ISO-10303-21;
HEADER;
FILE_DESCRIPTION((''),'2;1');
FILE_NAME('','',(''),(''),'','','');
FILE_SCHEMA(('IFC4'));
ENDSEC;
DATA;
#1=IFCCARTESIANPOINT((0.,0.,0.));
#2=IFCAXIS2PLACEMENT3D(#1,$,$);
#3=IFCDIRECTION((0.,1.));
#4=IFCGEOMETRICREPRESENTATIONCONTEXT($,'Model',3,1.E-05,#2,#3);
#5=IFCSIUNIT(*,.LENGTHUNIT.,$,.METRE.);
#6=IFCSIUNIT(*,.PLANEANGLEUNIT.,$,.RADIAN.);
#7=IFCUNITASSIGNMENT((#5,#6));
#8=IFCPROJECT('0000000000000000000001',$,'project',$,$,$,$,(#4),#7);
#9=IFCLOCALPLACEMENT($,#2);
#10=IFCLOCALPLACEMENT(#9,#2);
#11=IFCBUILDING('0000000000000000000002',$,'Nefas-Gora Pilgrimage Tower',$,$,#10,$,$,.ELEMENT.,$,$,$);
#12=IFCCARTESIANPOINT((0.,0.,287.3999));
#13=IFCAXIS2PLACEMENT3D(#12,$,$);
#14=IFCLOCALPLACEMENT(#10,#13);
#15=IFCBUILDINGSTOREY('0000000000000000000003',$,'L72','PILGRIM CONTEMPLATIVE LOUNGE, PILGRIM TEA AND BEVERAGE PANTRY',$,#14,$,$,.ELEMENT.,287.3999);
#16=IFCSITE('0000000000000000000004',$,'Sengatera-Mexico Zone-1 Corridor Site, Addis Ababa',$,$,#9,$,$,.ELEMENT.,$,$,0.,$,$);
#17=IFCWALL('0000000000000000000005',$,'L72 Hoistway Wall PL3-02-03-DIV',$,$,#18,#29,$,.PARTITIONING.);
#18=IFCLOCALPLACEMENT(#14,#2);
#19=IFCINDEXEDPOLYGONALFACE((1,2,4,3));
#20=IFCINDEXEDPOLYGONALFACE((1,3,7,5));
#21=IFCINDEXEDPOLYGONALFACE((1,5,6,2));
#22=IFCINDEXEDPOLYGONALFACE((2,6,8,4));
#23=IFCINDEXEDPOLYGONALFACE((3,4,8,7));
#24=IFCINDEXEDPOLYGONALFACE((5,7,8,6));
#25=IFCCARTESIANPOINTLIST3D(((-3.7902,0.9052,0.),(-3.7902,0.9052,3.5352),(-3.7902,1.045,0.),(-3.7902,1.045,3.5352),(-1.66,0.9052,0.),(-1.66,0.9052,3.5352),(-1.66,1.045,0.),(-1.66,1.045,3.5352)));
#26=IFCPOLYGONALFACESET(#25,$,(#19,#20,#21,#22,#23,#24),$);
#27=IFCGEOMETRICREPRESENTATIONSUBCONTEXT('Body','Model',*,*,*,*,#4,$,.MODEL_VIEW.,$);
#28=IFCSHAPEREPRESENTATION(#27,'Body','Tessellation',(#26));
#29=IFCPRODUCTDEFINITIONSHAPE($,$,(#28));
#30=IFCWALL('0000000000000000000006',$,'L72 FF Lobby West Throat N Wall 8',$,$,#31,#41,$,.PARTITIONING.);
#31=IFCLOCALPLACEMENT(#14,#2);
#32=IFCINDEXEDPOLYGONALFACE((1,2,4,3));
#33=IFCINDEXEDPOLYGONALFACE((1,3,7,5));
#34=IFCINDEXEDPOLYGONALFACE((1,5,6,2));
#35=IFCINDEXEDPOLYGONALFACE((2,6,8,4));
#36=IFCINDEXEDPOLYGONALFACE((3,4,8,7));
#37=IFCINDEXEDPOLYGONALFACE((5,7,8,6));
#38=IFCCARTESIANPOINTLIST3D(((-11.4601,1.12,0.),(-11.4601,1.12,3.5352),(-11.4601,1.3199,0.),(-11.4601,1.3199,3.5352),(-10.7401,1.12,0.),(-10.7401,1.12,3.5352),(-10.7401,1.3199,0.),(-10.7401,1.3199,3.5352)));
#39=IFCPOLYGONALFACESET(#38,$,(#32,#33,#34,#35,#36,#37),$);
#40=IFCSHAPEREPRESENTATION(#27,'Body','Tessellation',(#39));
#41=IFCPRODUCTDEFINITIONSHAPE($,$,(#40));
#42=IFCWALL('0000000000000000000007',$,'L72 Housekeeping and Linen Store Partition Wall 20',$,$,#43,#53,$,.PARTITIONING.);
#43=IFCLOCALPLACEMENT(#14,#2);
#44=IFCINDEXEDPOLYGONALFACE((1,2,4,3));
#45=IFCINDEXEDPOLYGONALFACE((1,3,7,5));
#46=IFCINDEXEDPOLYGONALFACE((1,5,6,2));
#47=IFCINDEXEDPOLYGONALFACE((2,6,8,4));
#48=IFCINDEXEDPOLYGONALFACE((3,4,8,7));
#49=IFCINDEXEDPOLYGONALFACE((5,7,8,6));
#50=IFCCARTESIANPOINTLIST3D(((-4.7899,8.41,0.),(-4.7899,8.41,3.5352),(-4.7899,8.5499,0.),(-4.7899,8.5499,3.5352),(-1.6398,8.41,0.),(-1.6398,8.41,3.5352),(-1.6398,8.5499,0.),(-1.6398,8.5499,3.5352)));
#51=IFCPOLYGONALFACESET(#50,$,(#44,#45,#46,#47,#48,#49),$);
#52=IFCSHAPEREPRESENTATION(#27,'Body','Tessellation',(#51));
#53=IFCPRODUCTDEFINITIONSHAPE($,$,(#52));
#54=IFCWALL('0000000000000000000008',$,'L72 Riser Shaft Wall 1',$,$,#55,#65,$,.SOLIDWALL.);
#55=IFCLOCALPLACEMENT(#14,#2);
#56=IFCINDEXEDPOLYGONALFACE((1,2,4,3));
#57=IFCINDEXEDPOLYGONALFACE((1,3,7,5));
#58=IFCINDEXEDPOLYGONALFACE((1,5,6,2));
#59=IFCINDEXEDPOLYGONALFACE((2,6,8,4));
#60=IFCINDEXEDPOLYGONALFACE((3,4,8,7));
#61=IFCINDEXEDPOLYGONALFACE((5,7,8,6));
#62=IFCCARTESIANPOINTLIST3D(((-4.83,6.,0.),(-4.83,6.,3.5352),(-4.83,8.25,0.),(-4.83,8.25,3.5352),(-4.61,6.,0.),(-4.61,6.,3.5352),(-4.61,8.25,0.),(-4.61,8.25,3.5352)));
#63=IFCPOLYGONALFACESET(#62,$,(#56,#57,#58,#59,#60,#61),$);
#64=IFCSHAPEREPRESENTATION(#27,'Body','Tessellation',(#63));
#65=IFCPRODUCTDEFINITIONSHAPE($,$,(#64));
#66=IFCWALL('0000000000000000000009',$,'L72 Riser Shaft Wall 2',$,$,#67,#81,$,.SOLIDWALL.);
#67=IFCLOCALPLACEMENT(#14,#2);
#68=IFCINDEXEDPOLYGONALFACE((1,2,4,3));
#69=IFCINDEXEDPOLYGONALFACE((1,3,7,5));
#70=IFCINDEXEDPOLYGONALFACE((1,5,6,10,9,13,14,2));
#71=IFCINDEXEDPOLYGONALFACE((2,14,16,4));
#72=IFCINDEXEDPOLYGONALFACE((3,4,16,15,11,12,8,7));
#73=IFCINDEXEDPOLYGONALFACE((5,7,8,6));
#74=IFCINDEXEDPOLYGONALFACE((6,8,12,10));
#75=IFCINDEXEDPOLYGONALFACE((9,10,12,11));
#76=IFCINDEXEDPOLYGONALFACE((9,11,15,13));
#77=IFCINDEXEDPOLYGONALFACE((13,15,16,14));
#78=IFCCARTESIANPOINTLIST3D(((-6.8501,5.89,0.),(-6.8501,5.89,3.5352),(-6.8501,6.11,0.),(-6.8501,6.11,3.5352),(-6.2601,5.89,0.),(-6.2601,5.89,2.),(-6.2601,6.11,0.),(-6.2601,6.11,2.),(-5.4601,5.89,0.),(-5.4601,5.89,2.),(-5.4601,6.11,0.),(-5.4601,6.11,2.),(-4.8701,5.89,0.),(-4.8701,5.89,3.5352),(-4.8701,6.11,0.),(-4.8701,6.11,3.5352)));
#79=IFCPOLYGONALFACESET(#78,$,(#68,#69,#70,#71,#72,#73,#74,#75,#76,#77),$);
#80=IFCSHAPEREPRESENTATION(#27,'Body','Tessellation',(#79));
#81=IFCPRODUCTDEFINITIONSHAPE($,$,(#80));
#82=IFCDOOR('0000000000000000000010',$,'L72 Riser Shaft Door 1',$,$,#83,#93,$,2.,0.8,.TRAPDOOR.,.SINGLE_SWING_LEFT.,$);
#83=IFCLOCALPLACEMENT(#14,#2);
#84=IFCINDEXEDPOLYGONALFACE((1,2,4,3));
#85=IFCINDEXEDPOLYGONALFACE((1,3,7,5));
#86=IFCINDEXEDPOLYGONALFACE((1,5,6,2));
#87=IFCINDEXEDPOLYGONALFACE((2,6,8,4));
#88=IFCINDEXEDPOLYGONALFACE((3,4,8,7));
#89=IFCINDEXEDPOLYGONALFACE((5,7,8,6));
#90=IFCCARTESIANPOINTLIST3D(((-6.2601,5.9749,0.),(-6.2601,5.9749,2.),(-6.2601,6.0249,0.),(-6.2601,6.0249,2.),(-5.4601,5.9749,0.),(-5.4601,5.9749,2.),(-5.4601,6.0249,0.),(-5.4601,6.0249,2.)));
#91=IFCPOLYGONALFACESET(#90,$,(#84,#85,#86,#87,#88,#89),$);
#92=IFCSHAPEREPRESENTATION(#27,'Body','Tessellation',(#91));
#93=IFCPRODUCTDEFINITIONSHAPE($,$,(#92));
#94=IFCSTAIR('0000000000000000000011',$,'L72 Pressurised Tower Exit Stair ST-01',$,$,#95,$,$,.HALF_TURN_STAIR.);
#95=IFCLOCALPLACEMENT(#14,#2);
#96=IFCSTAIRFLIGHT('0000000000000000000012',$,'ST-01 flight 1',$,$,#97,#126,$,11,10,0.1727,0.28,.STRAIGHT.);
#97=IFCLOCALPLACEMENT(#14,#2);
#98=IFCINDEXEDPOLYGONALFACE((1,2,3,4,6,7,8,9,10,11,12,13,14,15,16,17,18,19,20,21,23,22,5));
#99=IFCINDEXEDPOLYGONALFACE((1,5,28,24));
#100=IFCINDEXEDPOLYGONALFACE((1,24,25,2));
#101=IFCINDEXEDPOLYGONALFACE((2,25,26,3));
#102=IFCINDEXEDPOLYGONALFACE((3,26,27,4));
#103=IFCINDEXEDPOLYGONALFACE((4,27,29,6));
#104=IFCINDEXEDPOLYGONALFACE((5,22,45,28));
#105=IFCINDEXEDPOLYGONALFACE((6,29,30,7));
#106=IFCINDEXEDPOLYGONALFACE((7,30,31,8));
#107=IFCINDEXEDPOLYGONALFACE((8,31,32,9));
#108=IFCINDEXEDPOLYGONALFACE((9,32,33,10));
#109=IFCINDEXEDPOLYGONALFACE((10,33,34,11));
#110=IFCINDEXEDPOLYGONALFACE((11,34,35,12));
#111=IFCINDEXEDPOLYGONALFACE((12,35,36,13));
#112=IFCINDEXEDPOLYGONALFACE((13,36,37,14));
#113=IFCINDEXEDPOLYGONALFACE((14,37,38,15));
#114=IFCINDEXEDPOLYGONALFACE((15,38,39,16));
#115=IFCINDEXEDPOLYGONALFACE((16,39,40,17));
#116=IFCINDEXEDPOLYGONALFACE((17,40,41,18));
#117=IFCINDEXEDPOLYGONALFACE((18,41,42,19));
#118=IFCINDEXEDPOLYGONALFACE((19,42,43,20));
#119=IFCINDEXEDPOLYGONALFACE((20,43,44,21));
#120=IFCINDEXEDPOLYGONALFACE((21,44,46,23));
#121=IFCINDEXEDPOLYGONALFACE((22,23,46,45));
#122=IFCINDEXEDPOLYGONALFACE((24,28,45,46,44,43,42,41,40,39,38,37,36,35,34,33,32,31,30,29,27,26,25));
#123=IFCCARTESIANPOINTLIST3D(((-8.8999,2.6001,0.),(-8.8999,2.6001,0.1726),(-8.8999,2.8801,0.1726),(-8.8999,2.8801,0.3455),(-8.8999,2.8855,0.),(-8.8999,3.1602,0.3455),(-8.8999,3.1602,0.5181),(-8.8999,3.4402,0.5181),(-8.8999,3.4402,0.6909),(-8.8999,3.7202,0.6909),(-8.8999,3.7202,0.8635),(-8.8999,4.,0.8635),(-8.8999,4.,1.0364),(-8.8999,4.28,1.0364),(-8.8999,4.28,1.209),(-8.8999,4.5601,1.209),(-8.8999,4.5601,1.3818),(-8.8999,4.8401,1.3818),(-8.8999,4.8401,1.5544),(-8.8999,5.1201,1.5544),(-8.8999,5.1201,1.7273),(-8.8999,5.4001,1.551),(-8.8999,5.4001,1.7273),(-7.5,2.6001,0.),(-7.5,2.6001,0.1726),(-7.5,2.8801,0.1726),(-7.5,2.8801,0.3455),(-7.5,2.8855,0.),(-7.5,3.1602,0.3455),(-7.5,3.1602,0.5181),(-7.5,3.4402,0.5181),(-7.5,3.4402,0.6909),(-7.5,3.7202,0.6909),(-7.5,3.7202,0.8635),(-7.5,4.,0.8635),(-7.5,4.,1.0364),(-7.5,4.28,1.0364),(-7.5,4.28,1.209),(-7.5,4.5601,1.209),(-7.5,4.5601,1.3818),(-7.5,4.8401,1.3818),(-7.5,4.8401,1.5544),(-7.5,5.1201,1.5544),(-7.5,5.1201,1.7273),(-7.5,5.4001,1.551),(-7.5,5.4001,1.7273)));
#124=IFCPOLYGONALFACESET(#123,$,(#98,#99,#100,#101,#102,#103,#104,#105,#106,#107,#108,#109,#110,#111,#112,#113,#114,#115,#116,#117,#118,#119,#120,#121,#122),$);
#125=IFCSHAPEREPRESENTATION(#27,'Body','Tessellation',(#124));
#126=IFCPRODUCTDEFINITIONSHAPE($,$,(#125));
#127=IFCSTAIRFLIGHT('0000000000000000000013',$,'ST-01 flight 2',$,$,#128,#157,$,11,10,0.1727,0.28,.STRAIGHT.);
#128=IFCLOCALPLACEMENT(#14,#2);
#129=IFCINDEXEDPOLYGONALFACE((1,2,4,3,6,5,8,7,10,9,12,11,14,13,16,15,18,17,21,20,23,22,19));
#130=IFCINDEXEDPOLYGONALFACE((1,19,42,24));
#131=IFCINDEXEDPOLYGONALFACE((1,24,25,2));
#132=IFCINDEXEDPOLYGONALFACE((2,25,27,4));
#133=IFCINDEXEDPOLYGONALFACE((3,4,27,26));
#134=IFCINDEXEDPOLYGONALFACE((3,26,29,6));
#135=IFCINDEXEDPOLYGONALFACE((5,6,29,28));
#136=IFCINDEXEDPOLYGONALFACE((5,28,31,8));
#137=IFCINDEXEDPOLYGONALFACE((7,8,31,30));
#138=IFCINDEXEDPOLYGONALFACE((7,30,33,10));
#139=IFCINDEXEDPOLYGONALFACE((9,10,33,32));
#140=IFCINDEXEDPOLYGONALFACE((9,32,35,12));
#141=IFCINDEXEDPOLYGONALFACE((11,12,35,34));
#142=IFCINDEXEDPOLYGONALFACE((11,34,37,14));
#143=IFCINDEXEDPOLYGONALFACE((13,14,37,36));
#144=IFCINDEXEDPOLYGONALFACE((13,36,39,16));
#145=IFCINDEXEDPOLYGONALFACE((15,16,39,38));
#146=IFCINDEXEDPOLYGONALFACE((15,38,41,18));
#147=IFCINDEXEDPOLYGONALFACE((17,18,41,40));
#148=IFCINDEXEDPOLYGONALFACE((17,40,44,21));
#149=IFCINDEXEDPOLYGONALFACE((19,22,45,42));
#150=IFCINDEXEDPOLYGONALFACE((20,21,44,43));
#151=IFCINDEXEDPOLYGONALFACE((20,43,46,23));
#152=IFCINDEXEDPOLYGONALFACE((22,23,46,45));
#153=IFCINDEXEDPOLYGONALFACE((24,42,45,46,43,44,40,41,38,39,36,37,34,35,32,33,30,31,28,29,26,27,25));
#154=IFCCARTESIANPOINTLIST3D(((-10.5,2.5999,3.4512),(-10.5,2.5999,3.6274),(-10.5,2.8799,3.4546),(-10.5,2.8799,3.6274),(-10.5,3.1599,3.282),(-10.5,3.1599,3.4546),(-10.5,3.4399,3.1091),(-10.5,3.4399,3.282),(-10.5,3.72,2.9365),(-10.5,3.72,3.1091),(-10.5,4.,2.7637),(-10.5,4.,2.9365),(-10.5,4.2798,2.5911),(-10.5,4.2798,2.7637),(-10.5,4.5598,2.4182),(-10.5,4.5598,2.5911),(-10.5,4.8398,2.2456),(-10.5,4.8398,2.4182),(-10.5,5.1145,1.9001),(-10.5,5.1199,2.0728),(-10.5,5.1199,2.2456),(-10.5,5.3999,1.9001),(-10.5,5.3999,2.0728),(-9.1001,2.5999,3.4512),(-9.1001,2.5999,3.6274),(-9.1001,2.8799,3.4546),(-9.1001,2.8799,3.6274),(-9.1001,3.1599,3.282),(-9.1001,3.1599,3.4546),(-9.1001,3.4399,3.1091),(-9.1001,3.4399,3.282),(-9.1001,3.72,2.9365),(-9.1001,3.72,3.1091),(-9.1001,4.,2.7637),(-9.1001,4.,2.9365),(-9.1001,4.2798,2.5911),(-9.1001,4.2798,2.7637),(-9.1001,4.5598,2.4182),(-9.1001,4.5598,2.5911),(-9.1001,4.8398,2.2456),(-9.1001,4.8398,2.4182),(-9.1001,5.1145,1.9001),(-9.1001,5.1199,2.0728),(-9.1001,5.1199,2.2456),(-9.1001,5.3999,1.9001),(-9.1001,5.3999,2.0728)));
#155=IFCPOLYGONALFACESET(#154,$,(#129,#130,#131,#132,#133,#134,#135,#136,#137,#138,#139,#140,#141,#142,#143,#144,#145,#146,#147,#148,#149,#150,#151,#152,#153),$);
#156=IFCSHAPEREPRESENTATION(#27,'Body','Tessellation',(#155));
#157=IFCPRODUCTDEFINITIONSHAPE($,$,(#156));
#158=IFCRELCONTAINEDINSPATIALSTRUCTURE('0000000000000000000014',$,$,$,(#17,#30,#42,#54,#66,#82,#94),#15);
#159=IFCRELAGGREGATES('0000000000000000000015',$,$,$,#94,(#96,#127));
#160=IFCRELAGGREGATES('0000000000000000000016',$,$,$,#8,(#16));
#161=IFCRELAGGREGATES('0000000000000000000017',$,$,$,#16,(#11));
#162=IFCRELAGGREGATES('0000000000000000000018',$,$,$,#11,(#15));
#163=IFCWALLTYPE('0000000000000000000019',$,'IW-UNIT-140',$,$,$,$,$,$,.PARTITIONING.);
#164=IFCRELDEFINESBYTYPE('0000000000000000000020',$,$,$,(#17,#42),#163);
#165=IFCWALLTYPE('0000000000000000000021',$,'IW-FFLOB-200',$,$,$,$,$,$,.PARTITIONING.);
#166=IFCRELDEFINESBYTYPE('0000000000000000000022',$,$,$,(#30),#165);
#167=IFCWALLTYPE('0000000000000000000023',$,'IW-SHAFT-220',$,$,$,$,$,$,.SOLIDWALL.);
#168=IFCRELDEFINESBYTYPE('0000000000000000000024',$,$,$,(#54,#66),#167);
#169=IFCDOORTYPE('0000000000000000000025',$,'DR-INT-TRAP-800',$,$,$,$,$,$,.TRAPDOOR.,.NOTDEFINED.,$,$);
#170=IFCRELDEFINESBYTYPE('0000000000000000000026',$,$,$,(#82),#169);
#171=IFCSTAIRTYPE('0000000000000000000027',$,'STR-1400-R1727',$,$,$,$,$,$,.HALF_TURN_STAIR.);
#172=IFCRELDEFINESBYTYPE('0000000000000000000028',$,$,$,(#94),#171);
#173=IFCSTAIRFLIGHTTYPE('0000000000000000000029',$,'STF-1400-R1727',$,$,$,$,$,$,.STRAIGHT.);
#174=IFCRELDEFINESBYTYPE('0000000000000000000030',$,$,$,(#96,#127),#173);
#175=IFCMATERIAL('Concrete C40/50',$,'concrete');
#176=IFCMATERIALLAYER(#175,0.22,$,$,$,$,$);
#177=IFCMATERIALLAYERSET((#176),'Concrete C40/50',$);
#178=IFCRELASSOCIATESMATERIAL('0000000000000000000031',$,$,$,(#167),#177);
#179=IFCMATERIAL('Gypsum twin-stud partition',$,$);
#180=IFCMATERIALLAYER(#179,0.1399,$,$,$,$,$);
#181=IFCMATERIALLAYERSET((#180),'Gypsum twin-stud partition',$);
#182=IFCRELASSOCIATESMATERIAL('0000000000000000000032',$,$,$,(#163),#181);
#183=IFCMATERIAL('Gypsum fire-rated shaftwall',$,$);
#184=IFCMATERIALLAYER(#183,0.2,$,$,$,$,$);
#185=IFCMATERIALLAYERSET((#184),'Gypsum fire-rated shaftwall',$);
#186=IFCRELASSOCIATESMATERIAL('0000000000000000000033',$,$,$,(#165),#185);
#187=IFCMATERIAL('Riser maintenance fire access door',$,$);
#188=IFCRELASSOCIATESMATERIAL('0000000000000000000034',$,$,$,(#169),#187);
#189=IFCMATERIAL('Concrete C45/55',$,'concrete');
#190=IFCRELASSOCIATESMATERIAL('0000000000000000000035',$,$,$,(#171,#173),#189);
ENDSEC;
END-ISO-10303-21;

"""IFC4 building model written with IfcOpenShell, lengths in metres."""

from ifc_helpers import new_model, si_unit, direction, frame, frame_2d, origin, place, context, subcontext, project, spatial, polyline, rectangle, outline, extrude, source, transform, mapped, material, layer, layer_set, type_object, element, fill, aggregate, save


model = new_model("IFC4")

# Units and contexts
model_context = context("Model", 3, precision=1e-05, world=origin(), true_north=direction((0.0, 1.0)))
body_context = subcontext(model_context, "Body", "Model", "MODEL_VIEW")
ifc_project = project(units=[si_unit("LENGTHUNIT", "METRE"), si_unit("PLANEANGLEUNIT", "RADIAN")], contexts=[model_context])

# Site, building, storey
site_placement = place(None, origin())
site = spatial("IfcSite", under=ifc_project, at=site_placement, Name="Sengatera-Mexico Zone-1 Corridor Site, Addis Ababa", CompositionType="ELEMENT", RefElevation=0.0)
building_placement = place(site_placement, origin())
building = spatial("IfcBuilding", under=site, at=building_placement, Name="Nefas-Gora Pilgrimage Tower", CompositionType="ELEMENT")
storey_placement = place(building_placement, frame((0.0, 0.0, 287.3999)))
storey = spatial("IfcBuildingStorey", under=building, at=storey_placement, Name="L72", Description="PILGRIM CONTEMPLATIVE LOUNGE, PILGRIM TEA AND BEVERAGE PANTRY", CompositionType="ELEMENT", Elevation=287.3999)

# Shared definitions
ifc_material_1 = material(Name="Concrete C45/55", Category="concrete")

# Shared definitions
ifc_material_2 = material(Name="Concrete C40/50", Category="concrete")
ifc_layer_1 = layer(ifc_material_2, 0.22)
ifc_layer_set_1 = layer_set([ifc_layer_1], Name="Concrete C40/50")
wall_type_1 = type_object("IfcWallType", Name="IW-SHAFT-220", PredefinedType="SOLIDWALL", material=ifc_layer_set_1)

# Walls
ifc_material_3 = material(Name="Gypsum twin-stud partition")
ifc_layer_2 = layer(ifc_material_3, 0.1399)
ifc_layer_set_2 = layer_set([ifc_layer_2], Name="Gypsum twin-stud partition")
wall_type_2 = type_object("IfcWallType", Name="IW-UNIT-140", PredefinedType="PARTITIONING", material=ifc_layer_set_2)
shared_shape_1 = source(origin(), body_context, "Body", "SweptSolid", [
    extrude(rectangle(XDim=2.1301, YDim=0.1399, at=frame_2d((1.0649, 0.0))), origin(), (0.0, 0.0, 1.0), 3.5352),
])
wall_1_placement = place(storey_placement, frame((-3.79, 0.9751, 0.0), z_axis=(0.0, 0.0, 1.0), x_axis=(1.0, 0.0, 0.0)))
element("IfcWall", 1, at=wall_1_placement, inside=storey, type_object=wall_type_2, Name="L72 Hoistway Wall PL3-02-03-DIV", PredefinedType="PARTITIONING", context=body_context, shape_type="MappedRepresentation", body=[
    mapped(shared_shape_1, transform((0.0, 0.0, 0.0), x_axis=(1.0, 0.0, 0.0), y_axis=(0.0, 1.0, 0.0), z_axis=(0.0, 0.0, 1.0), scale=1.0)),
])
ifc_material_4 = material(Name="Gypsum fire-rated shaftwall")
ifc_layer_3 = layer(ifc_material_4, 0.2)
ifc_layer_set_3 = layer_set([ifc_layer_3], Name="Gypsum fire-rated shaftwall")
wall_type_3 = type_object("IfcWallType", Name="IW-FFLOB-200", PredefinedType="PARTITIONING", material=ifc_layer_set_3)
shared_shape_2 = source(origin(), body_context, "Body", "SweptSolid", [
    extrude(rectangle(XDim=0.72, YDim=0.2, at=frame_2d((0.3599, 0.0))), origin(), (0.0, 0.0, 1.0), 3.5352),
])
wall_2_placement = place(storey_placement, frame((-11.46, 1.22, 0.0), z_axis=(0.0, 0.0, 1.0), x_axis=(1.0, 0.0, 0.0)))
element("IfcWall", 2, at=wall_2_placement, inside=storey, type_object=wall_type_3, Name="L72 FF Lobby West Throat N Wall 8", PredefinedType="PARTITIONING", context=body_context, shape_type="MappedRepresentation", body=[
    mapped(shared_shape_2, transform((0.0, 0.0, 0.0), x_axis=(1.0, 0.0, 0.0), y_axis=(0.0, 1.0, 0.0), z_axis=(0.0, 0.0, 1.0), scale=1.0)),
])
shared_shape_3 = source(origin(), body_context, "Body", "SweptSolid", [
    extrude(rectangle(XDim=3.1501, YDim=0.1399, at=frame_2d((1.5752, 0.0))), origin(), (0.0, 0.0, 1.0), 3.5352),
])
wall_3_placement = place(storey_placement, frame((-4.79, 8.48, 0.0), z_axis=(0.0, 0.0, 1.0), x_axis=(1.0, 0.0, 0.0)))
element("IfcWall", 3, at=wall_3_placement, inside=storey, type_object=wall_type_2, Name="L72 Housekeeping and Linen Store Partition Wall 20", PredefinedType="PARTITIONING", context=body_context, shape_type="MappedRepresentation", body=[
    mapped(shared_shape_3, transform((0.0, 0.0, 0.0), x_axis=(1.0, 0.0, 0.0), y_axis=(0.0, 1.0, 0.0), z_axis=(0.0, 0.0, 1.0), scale=1.0)),
])
shared_shape_4 = source(origin(), body_context, "Body", "SweptSolid", [
    extrude(rectangle(XDim=2.25, YDim=0.22, at=frame_2d((1.125, 0.0))), origin(), (0.0, 0.0, 1.0), 3.5352),
])
wall_4_placement = place(storey_placement, frame((-4.72, 6.0, 0.0), z_axis=(0.0, 0.0, 1.0), x_axis=(0.0, 1.0, 0.0)))
element("IfcWall", 4, at=wall_4_placement, inside=storey, type_object=wall_type_1, Name="L72 Riser Shaft Wall 1", PredefinedType="SOLIDWALL", context=body_context, shape_type="MappedRepresentation", body=[
    mapped(shared_shape_4, transform((0.0, 0.0, 0.0), x_axis=(1.0, 0.0, 0.0), y_axis=(0.0, 1.0, 0.0), z_axis=(0.0, 0.0, 1.0), scale=1.0)),
])

# Wall, opening, door
shared_shape_5 = source(origin(), body_context, "Body", "SweptSolid", [
    extrude(rectangle(XDim=1.98, YDim=0.22, at=frame_2d((0.99, 0.0))), origin(), (0.0, 0.0, 1.0), 3.5352),
])
wall_5_placement = place(storey_placement, frame((-6.8501, 6.0, 0.0), z_axis=(0.0, 0.0, 1.0), x_axis=(1.0, 0.0, 0.0)))
wall_5 = element("IfcWall", 5, at=wall_5_placement, inside=storey, type_object=wall_type_1, Name="L72 Riser Shaft Wall 2", PredefinedType="SOLIDWALL", context=body_context, shape_type="MappedRepresentation", body=[
    mapped(shared_shape_5, transform((0.0, 0.0, 0.0), x_axis=(1.0, 0.0, 0.0), y_axis=(0.0, 1.0, 0.0), z_axis=(0.0, 0.0, 1.0), scale=1.0)),
])
opening_1_placement = place(wall_5_placement, frame((0.5901, 0.0, 0.0)))
opening_1 = element("IfcOpeningElement", 6, at=opening_1_placement, cuts=wall_5, PredefinedType="OPENING", context=body_context, shape_type="SweptSolid", body=[
    extrude(rectangle(XDim=0.8, YDim=2.0, at=frame_2d((0.3999, 1.0))), frame((0.0, 0.1199, 0.0), z_axis=(0.0, -1.0, 0.0), x_axis=(1.0, 0.0, 0.0)), (0.0, 0.0, 1.0), 0.24),
])
ifc_material_5 = material(Name="Riser maintenance fire access door")
door_type_1 = type_object("IfcDoorType", Name="DR-INT-TRAP-800", OperationType="NOTDEFINED", PredefinedType="TRAPDOOR", material=ifc_material_5)
shared_shape_6 = source(origin(), body_context, "Body", "SweptSolid", [
    extrude(rectangle(XDim=0.8, YDim=2.0, at=frame_2d((0.3999, 1.0))), frame((0.0, 0.0249, 0.0), z_axis=(0.0, -1.0, 0.0), x_axis=(1.0, 0.0, 0.0)), (0.0, 0.0, 1.0), 0.05),
])
door_1_placement = place(opening_1_placement, origin())
door_1 = element("IfcDoor", 7, at=door_1_placement, inside=storey, type_object=door_type_1, Name="L72 Riser Shaft Door 1", OperationType="SINGLE_SWING_LEFT", OverallHeight=2.0, OverallWidth=0.8, PredefinedType="TRAPDOOR", context=body_context, shape_type="MappedRepresentation", body=[
    mapped(shared_shape_6, transform((0.0, 0.0, 0.0), x_axis=(1.0, 0.0, 0.0), y_axis=(0.0, 1.0, 0.0), z_axis=(0.0, 0.0, 1.0), scale=1.0)),
])
fill(opening_1, door_1)

# Stair, stair flights
stair_type = type_object("IfcStairType", Name="STR-1400-R1727", PredefinedType="HALF_TURN_STAIR", material=ifc_material_1)
stair_placement = place(storey_placement, origin())
stair = element("IfcStair", 8, at=stair_placement, inside=storey, type_object=stair_type, Name="L72 Pressurised Tower Exit Stair ST-01", PredefinedType="HALF_TURN_STAIR")
stair_flight_type = type_object("IfcStairFlightType", Name="STF-1400-R1727", PredefinedType="STRAIGHT", material=ifc_material_1)
shared_shape_7 = source(origin(), body_context, "Body", "SweptSolid", [
    extrude(outline(polyline([(0.0, 0.0), (0.0, 0.1726), (0.28, 0.1726), (0.28, 0.3455), (0.5601, 0.3455), (0.5601, 0.5181), (0.8401, 0.5181), (0.8401, 0.6909), (1.1201, 0.6909), (1.1201, 0.8635), (1.3999, 0.8635), (1.3999, 1.0364), (1.6799, 1.0364), (1.6799, 1.209), (1.96, 1.209), (1.96, 1.3818), (2.24, 1.3818), (2.24, 1.5544), (2.52, 1.5544), (2.52, 1.7273), (2.8, 1.7273), (2.8, 1.8999), (2.8, 1.551), (0.2854, 0.0), (0.0, 0.0)])), frame((0.0, 0.7, 0.0), z_axis=(0.0, -1.0, 0.0), x_axis=(1.0, 0.0, 0.0)), (0.0, 0.0, 1.0), 1.3999),
])
stair_flight_1_placement = place(storey_placement, frame((-8.2, 2.6001, 0.0), z_axis=(0.0, 0.0, 1.0), x_axis=(0.0, 1.0, 0.0)))
stair_flight_1 = element("IfcStairFlight", 9, at=stair_flight_1_placement, type_object=stair_flight_type, Name="ST-01 flight 1", NumberOfRisers=11, NumberOfTreads=10, PredefinedType="STRAIGHT", RiserHeight=0.1727, TreadLength=0.28, context=body_context, shape_type="MappedRepresentation", body=[
    mapped(shared_shape_7, transform((0.0, 0.0, 0.0), x_axis=(1.0, 0.0, 0.0), y_axis=(0.0, 1.0, 0.0), z_axis=(0.0, 0.0, 1.0), scale=1.0)),
])
stair_flight_2_placement = place(storey_placement, frame((-9.8, 5.3999, 1.9001), z_axis=(0.0, 0.0, 1.0), x_axis=(0.0, -1.0, 0.0)))
stair_flight_2 = element("IfcStairFlight", 10, at=stair_flight_2_placement, type_object=stair_flight_type, Name="ST-01 flight 2", NumberOfRisers=11, NumberOfTreads=10, PredefinedType="STRAIGHT", RiserHeight=0.1727, TreadLength=0.28, context=body_context, shape_type="MappedRepresentation", body=[
    mapped(shared_shape_7, transform((0.0, 0.0, 0.0), x_axis=(1.0, 0.0, 0.0), y_axis=(0.0, 1.0, 0.0), z_axis=(0.0, 0.0, 1.0), scale=1.0)),
])
aggregate(stair, [stair_flight_1, stair_flight_2])

save(model, "model.ifc")
